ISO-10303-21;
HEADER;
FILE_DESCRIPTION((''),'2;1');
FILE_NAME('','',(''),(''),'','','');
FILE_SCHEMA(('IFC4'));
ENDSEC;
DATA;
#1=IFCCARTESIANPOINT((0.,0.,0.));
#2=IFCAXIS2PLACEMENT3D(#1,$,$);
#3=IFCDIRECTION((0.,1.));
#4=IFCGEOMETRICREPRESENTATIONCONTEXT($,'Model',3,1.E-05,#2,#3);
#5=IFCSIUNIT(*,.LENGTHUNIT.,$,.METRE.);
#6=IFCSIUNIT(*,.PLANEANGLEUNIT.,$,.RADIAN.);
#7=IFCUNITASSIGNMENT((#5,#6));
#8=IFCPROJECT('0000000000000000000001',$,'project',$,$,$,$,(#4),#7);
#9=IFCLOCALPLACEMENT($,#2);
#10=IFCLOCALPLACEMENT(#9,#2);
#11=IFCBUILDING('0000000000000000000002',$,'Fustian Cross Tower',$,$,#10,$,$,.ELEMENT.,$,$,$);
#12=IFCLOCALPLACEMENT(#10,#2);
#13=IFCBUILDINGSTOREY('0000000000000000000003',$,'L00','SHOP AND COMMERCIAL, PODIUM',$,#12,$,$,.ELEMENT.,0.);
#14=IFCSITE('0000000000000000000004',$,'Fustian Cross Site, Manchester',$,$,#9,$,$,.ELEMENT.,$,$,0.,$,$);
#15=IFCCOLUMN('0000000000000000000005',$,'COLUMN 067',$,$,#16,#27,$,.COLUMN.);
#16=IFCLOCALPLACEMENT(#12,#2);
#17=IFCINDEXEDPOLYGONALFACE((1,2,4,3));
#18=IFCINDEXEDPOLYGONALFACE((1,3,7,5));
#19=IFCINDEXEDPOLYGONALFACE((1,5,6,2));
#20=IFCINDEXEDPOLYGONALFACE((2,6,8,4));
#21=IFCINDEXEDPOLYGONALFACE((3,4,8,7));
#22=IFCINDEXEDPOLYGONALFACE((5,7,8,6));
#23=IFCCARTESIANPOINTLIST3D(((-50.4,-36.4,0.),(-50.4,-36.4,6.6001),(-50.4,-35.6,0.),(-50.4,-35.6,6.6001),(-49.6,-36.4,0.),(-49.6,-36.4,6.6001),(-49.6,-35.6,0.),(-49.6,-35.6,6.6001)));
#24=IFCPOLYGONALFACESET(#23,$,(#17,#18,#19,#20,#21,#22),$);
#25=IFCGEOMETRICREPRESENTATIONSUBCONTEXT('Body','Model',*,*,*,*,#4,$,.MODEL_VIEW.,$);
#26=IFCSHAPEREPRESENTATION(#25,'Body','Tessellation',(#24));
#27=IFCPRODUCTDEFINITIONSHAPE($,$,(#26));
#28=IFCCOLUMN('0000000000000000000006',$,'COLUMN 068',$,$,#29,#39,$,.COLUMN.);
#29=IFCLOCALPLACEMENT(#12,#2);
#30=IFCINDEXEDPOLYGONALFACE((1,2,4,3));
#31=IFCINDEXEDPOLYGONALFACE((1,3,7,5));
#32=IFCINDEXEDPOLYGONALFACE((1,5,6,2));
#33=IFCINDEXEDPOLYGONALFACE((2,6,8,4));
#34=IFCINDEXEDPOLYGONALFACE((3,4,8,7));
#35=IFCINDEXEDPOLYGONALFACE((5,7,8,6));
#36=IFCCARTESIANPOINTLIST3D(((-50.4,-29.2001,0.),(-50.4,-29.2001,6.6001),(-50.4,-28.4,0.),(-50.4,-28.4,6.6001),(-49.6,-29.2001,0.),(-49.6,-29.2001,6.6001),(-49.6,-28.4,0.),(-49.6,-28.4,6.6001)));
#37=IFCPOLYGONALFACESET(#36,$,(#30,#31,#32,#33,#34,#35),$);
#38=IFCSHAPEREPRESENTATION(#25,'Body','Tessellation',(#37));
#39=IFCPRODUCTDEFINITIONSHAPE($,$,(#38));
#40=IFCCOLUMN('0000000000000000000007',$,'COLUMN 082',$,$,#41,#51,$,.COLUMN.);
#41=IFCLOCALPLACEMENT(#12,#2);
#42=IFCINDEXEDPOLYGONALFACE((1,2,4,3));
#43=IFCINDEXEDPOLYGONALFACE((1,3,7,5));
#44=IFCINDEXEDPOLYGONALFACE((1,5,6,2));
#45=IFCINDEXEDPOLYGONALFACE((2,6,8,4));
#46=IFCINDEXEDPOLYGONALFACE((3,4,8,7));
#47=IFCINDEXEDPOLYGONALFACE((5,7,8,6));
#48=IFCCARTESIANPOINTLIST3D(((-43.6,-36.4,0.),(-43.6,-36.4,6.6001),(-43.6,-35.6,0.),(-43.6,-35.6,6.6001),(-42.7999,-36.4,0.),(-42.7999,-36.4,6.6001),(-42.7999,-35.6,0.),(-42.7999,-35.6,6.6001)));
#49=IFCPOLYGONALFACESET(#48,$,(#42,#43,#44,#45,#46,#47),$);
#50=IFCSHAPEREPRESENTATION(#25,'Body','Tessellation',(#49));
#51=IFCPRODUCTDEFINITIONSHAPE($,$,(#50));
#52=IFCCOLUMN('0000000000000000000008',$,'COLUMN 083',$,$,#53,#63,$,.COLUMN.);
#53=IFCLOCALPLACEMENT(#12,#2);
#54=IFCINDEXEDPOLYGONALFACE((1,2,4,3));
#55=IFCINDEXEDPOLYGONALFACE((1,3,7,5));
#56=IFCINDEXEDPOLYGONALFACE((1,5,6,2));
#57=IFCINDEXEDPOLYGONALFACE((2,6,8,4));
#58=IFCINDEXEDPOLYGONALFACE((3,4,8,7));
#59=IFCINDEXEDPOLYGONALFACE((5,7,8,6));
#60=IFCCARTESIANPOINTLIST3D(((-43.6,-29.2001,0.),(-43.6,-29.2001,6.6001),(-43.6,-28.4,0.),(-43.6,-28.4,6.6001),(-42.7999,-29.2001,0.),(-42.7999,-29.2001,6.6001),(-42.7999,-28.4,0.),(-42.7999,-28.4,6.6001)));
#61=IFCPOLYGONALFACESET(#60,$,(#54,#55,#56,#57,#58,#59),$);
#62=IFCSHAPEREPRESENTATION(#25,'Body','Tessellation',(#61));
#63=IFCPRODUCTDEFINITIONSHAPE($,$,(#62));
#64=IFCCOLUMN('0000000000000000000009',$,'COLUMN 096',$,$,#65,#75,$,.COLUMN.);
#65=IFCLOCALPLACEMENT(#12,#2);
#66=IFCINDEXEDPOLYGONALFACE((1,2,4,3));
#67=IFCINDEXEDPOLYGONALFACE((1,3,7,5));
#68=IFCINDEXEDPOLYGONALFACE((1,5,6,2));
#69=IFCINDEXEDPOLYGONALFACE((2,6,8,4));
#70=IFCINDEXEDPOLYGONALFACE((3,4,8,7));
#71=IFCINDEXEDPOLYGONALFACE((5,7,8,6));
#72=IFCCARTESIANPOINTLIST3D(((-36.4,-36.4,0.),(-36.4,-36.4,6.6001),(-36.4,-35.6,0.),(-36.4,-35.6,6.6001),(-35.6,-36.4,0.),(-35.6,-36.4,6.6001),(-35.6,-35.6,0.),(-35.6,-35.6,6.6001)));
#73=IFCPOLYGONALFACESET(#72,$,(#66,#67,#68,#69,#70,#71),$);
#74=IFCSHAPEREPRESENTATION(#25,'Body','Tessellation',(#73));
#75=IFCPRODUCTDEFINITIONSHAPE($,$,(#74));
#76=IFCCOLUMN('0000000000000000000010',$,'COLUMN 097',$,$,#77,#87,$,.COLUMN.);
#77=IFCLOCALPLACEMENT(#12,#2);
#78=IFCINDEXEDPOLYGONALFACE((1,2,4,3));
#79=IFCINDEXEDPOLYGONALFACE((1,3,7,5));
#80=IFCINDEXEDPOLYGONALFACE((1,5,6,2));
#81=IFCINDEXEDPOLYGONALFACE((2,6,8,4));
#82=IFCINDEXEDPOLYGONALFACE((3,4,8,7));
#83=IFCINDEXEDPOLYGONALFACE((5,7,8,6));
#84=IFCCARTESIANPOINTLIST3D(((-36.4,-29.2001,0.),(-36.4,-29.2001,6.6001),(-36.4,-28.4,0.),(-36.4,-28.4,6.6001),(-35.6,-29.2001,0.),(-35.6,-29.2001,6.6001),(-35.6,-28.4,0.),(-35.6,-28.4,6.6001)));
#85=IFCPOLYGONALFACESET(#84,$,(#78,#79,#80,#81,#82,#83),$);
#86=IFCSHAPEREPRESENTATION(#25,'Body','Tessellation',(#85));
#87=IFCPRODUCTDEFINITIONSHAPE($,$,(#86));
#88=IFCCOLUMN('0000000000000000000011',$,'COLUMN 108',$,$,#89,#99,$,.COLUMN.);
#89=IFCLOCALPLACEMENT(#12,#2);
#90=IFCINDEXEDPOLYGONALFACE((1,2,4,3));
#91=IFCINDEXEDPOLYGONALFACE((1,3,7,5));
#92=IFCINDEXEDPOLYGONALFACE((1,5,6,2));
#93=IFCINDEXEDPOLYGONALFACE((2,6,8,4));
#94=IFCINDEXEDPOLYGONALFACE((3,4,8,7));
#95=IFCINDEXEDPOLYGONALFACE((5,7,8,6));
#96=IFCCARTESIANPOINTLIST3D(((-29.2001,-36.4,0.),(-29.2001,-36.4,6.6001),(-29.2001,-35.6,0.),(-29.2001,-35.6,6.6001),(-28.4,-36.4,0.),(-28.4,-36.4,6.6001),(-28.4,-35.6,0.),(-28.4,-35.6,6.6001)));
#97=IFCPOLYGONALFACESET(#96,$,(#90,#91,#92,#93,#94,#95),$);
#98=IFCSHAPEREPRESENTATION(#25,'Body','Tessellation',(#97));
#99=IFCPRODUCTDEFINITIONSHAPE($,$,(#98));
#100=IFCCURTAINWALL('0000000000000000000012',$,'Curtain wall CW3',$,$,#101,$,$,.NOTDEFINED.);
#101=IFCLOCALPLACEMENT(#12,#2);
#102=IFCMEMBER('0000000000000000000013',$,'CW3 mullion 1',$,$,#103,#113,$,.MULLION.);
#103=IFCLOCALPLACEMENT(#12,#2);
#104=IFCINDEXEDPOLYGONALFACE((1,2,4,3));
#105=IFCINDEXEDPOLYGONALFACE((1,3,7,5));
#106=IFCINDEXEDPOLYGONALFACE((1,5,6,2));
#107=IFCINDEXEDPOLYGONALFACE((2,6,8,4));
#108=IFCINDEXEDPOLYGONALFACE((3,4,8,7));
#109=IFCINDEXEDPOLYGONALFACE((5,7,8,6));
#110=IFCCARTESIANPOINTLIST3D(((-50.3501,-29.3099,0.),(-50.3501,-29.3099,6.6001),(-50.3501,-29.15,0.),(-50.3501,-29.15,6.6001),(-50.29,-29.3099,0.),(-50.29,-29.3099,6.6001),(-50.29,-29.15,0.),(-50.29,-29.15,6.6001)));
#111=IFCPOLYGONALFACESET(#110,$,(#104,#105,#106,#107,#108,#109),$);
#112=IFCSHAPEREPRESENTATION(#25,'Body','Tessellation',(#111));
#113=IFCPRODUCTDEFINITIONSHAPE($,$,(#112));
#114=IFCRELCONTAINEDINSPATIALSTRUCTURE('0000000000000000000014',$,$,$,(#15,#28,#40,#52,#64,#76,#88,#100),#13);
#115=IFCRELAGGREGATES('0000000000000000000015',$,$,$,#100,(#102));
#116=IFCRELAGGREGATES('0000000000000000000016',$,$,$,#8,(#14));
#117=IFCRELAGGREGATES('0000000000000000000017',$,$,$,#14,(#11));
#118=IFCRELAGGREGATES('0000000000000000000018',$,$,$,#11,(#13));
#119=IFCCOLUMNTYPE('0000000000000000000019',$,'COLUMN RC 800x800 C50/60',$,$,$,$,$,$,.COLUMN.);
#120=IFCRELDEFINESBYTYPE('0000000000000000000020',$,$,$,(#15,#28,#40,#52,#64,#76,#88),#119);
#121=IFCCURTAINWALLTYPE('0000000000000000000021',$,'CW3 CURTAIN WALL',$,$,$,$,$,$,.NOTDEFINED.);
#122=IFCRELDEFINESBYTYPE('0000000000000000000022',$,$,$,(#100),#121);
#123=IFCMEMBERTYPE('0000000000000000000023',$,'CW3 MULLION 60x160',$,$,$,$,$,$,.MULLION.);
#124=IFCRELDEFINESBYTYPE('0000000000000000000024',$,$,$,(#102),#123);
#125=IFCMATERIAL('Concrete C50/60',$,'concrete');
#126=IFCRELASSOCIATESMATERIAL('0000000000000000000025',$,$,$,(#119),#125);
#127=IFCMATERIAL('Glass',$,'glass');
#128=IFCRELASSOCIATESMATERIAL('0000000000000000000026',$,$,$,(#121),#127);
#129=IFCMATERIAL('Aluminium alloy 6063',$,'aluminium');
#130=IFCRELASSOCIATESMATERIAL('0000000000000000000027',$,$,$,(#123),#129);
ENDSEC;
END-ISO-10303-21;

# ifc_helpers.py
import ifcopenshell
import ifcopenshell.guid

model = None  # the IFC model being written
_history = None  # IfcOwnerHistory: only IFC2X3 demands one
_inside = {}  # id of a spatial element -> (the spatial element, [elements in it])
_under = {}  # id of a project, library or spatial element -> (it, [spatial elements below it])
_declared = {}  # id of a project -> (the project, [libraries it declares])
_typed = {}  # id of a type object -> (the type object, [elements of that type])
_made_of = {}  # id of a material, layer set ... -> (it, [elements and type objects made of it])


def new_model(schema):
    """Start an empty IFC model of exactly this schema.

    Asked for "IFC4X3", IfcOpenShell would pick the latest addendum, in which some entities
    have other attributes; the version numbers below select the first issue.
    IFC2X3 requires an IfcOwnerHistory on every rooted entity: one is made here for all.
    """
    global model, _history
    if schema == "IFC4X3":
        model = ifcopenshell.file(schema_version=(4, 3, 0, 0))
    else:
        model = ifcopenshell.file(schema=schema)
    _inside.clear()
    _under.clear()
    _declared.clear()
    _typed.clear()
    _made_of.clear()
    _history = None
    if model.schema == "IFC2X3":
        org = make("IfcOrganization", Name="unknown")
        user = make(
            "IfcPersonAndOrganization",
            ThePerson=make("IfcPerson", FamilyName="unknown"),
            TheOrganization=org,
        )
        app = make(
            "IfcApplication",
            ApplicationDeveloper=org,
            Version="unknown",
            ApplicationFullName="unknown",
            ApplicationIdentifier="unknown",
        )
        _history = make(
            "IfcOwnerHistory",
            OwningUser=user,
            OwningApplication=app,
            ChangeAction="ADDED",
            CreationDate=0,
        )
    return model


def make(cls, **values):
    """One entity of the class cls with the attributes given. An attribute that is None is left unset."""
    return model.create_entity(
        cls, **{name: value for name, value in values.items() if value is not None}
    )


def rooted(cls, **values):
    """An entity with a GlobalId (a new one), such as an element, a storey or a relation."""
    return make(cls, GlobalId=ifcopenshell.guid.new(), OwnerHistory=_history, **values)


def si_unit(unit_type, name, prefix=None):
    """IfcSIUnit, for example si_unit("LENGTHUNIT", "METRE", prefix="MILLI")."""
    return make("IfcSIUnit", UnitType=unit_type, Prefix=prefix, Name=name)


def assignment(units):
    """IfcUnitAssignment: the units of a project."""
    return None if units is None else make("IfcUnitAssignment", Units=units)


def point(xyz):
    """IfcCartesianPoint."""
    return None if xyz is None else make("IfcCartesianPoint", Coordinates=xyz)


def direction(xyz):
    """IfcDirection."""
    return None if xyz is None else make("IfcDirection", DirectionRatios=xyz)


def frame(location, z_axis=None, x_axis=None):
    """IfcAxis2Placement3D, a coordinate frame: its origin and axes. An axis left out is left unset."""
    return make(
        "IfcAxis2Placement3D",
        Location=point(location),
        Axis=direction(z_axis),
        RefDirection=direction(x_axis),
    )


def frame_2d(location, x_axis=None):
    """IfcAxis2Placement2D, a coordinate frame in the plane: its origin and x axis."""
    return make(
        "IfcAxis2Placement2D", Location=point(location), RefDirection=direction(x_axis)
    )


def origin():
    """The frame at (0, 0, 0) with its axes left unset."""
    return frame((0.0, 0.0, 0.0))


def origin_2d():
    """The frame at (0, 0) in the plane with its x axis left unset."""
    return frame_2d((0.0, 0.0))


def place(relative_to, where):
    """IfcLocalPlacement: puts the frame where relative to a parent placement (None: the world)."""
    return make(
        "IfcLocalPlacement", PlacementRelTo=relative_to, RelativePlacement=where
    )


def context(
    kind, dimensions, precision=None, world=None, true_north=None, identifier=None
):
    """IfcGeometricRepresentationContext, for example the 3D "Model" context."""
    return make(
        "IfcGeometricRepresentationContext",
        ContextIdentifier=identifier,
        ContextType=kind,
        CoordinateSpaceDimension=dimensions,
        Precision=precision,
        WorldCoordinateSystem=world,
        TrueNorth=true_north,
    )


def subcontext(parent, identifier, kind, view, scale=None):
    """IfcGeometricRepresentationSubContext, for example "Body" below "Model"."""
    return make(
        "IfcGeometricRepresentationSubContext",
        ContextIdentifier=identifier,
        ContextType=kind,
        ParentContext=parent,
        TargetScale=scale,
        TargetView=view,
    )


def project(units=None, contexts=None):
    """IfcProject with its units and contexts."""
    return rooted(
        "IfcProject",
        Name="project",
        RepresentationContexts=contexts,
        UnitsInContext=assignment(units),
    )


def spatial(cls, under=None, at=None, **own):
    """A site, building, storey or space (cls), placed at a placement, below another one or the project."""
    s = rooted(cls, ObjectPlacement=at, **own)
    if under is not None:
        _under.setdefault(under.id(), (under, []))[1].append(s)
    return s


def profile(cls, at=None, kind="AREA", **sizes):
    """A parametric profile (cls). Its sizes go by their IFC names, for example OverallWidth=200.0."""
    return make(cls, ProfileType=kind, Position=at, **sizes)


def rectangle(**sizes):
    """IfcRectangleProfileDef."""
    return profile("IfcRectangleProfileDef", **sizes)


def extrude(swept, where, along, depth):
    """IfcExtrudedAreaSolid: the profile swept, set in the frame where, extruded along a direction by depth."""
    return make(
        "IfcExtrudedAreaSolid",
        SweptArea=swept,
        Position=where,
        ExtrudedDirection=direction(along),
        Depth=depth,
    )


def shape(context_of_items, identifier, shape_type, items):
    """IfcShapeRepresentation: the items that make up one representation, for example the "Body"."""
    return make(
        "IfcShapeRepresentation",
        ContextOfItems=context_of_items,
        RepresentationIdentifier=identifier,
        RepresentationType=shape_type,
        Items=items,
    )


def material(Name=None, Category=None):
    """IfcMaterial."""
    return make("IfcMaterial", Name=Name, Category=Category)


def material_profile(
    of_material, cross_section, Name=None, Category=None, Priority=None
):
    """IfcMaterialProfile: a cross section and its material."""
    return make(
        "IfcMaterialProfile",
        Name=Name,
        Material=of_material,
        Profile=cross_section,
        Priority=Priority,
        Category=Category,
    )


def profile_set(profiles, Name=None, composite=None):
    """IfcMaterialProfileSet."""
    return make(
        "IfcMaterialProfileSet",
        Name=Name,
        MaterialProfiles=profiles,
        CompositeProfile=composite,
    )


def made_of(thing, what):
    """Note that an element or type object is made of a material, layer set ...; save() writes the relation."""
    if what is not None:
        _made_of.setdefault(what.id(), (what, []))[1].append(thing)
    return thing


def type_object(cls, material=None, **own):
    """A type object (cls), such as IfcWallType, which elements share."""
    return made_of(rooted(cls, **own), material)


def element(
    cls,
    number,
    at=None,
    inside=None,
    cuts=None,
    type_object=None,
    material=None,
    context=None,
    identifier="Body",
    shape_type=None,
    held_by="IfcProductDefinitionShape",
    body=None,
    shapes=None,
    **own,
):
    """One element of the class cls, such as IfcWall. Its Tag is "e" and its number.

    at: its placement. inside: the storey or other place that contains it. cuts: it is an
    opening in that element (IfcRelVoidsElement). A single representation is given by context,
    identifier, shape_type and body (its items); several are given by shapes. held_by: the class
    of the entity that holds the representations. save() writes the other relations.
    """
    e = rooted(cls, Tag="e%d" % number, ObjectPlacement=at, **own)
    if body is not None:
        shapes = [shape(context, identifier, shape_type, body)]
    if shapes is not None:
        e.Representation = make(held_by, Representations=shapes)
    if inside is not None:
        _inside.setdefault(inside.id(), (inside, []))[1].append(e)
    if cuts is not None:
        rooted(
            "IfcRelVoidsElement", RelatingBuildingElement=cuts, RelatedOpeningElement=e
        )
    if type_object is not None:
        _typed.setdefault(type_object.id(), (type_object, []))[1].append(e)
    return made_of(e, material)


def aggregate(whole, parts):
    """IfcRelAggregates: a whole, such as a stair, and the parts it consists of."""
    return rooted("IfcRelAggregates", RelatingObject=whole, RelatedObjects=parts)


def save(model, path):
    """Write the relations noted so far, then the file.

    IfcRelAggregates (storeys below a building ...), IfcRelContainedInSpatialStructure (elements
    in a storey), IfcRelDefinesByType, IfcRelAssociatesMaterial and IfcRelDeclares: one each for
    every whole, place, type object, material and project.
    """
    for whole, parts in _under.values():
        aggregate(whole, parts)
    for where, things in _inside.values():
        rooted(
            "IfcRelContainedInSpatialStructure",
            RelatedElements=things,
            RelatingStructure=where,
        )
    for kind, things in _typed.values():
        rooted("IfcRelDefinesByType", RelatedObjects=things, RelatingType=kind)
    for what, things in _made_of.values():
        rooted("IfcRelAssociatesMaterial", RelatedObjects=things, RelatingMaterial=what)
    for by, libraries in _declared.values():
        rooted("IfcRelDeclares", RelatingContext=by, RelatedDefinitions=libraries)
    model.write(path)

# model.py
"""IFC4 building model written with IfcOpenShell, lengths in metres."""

from ifc_helpers import new_model, si_unit, direction, frame, origin, origin_2d, place, context, subcontext, project, spatial, rectangle, extrude, material, material_profile, profile_set, type_object, element, aggregate, save


model = new_model("IFC4")

# Units and contexts
model_context = context("Model", 3, precision=1e-05, world=origin(), true_north=direction((0.0, 1.0)))
body_context = subcontext(model_context, "Body", "Model", "MODEL_VIEW")
ifc_project = project(units=[si_unit("LENGTHUNIT", "METRE"), si_unit("PLANEANGLEUNIT", "RADIAN")], contexts=[model_context])

# Site, building, storey
site_placement = place(None, origin())
site = spatial("IfcSite", under=ifc_project, at=site_placement, Name="Fustian Cross Site, Manchester", CompositionType="ELEMENT", RefElevation=0.0)
building_placement = place(site_placement, origin())
building = spatial("IfcBuilding", under=site, at=building_placement, Name="Fustian Cross Tower", CompositionType="ELEMENT")
storey_placement = place(building_placement, origin())
storey = spatial("IfcBuildingStorey", under=building, at=storey_placement, Name="L00", Description="SHOP AND COMMERCIAL, PODIUM", CompositionType="ELEMENT", Elevation=0.0)

# Columns
ifc_material_1 = material(Name="Concrete C50/60", Category="concrete")
ifc_material_profile_1 = material_profile(ifc_material_1, rectangle(XDim=0.8, YDim=0.8, at=origin_2d()), Name="RC 800x800")
ifc_profile_set_1 = profile_set([ifc_material_profile_1], Name="Concrete C50/60")
column_type = type_object("IfcColumnType", Name="COLUMN RC 800x800 C50/60", PredefinedType="COLUMN", material=ifc_profile_set_1)
for number, where, z_axis, x_axis, name in (
    (1, (-50.0, -36.0, 0.0), (0.0, 0.0, 1.0), (1.0, 0.0, 0.0), "COLUMN 067"),
    (2, (-50.0, -28.8, 0.0), (0.0, 0.0, 1.0), (1.0, 0.0, 0.0), "COLUMN 068"),
    (3, (-43.2, -36.0, 0.0), (0.0, 0.0, 1.0), (1.0, 0.0, 0.0), "COLUMN 082"),
    (4, (-43.2, -28.8, 0.0), (0.0, 0.0, 1.0), (1.0, 0.0, 0.0), "COLUMN 083"),
    (5, (-36.0, -36.0, 0.0), (0.0, 0.0, 1.0), (1.0, 0.0, 0.0), "COLUMN 096"),
    (6, (-36.0, -28.8, 0.0), (0.0, 0.0, 1.0), (1.0, 0.0, 0.0), "COLUMN 097"),
    (7, (-28.8, -36.0, 0.0), (0.0, 0.0, 1.0), (1.0, 0.0, 0.0), "COLUMN 108"),
):
    element("IfcColumn", number, at=place(storey_placement, frame(where, z_axis=z_axis, x_axis=x_axis)), inside=storey, type_object=column_type, Name=name, PredefinedType="COLUMN", context=body_context, shape_type="SweptSolid", body=[
        extrude(rectangle(XDim=0.8, YDim=0.8, at=origin_2d()), origin(), (0.0, 0.0, 1.0), 6.6001),
    ])

# Curtain wall, member
ifc_material_2 = material(Name="Glass", Category="glass")
curtain_wall_type = type_object("IfcCurtainWallType", Name="CW3 CURTAIN WALL", PredefinedType="NOTDEFINED", material=ifc_material_2)
curtain_wall_placement = place(storey_placement, origin())
curtain_wall = element("IfcCurtainWall", 8, at=curtain_wall_placement, inside=storey, type_object=curtain_wall_type, Name="Curtain wall CW3", PredefinedType="NOTDEFINED")
ifc_material_3 = material(Name="Aluminium alloy 6063", Category="aluminium")
ifc_material_profile_2 = material_profile(ifc_material_3, rectangle(XDim=0.0601, YDim=0.1599, at=origin_2d()), Name="CW3 MULLION 60x160")
ifc_profile_set_2 = profile_set([ifc_material_profile_2], Name="Aluminium alloy 6063")
member_type = type_object("IfcMemberType", Name="CW3 MULLION 60x160", PredefinedType="MULLION", material=ifc_profile_set_2)
member_placement = place(storey_placement, frame((-50.3201, -29.23, 0.0), z_axis=(0.0, 0.0, 1.0), x_axis=(1.0, 0.0, 0.0)))
member = element("IfcMember", 9, at=member_placement, type_object=member_type, Name="CW3 mullion 1", PredefinedType="MULLION", context=body_context, shape_type="SweptSolid", body=[
    extrude(rectangle(XDim=0.0601, YDim=0.1599, at=origin_2d()), origin(), (0.0, 0.0, 1.0), 6.6001),
])
aggregate(curtain_wall, [member])

save(model, "model.ifc")
